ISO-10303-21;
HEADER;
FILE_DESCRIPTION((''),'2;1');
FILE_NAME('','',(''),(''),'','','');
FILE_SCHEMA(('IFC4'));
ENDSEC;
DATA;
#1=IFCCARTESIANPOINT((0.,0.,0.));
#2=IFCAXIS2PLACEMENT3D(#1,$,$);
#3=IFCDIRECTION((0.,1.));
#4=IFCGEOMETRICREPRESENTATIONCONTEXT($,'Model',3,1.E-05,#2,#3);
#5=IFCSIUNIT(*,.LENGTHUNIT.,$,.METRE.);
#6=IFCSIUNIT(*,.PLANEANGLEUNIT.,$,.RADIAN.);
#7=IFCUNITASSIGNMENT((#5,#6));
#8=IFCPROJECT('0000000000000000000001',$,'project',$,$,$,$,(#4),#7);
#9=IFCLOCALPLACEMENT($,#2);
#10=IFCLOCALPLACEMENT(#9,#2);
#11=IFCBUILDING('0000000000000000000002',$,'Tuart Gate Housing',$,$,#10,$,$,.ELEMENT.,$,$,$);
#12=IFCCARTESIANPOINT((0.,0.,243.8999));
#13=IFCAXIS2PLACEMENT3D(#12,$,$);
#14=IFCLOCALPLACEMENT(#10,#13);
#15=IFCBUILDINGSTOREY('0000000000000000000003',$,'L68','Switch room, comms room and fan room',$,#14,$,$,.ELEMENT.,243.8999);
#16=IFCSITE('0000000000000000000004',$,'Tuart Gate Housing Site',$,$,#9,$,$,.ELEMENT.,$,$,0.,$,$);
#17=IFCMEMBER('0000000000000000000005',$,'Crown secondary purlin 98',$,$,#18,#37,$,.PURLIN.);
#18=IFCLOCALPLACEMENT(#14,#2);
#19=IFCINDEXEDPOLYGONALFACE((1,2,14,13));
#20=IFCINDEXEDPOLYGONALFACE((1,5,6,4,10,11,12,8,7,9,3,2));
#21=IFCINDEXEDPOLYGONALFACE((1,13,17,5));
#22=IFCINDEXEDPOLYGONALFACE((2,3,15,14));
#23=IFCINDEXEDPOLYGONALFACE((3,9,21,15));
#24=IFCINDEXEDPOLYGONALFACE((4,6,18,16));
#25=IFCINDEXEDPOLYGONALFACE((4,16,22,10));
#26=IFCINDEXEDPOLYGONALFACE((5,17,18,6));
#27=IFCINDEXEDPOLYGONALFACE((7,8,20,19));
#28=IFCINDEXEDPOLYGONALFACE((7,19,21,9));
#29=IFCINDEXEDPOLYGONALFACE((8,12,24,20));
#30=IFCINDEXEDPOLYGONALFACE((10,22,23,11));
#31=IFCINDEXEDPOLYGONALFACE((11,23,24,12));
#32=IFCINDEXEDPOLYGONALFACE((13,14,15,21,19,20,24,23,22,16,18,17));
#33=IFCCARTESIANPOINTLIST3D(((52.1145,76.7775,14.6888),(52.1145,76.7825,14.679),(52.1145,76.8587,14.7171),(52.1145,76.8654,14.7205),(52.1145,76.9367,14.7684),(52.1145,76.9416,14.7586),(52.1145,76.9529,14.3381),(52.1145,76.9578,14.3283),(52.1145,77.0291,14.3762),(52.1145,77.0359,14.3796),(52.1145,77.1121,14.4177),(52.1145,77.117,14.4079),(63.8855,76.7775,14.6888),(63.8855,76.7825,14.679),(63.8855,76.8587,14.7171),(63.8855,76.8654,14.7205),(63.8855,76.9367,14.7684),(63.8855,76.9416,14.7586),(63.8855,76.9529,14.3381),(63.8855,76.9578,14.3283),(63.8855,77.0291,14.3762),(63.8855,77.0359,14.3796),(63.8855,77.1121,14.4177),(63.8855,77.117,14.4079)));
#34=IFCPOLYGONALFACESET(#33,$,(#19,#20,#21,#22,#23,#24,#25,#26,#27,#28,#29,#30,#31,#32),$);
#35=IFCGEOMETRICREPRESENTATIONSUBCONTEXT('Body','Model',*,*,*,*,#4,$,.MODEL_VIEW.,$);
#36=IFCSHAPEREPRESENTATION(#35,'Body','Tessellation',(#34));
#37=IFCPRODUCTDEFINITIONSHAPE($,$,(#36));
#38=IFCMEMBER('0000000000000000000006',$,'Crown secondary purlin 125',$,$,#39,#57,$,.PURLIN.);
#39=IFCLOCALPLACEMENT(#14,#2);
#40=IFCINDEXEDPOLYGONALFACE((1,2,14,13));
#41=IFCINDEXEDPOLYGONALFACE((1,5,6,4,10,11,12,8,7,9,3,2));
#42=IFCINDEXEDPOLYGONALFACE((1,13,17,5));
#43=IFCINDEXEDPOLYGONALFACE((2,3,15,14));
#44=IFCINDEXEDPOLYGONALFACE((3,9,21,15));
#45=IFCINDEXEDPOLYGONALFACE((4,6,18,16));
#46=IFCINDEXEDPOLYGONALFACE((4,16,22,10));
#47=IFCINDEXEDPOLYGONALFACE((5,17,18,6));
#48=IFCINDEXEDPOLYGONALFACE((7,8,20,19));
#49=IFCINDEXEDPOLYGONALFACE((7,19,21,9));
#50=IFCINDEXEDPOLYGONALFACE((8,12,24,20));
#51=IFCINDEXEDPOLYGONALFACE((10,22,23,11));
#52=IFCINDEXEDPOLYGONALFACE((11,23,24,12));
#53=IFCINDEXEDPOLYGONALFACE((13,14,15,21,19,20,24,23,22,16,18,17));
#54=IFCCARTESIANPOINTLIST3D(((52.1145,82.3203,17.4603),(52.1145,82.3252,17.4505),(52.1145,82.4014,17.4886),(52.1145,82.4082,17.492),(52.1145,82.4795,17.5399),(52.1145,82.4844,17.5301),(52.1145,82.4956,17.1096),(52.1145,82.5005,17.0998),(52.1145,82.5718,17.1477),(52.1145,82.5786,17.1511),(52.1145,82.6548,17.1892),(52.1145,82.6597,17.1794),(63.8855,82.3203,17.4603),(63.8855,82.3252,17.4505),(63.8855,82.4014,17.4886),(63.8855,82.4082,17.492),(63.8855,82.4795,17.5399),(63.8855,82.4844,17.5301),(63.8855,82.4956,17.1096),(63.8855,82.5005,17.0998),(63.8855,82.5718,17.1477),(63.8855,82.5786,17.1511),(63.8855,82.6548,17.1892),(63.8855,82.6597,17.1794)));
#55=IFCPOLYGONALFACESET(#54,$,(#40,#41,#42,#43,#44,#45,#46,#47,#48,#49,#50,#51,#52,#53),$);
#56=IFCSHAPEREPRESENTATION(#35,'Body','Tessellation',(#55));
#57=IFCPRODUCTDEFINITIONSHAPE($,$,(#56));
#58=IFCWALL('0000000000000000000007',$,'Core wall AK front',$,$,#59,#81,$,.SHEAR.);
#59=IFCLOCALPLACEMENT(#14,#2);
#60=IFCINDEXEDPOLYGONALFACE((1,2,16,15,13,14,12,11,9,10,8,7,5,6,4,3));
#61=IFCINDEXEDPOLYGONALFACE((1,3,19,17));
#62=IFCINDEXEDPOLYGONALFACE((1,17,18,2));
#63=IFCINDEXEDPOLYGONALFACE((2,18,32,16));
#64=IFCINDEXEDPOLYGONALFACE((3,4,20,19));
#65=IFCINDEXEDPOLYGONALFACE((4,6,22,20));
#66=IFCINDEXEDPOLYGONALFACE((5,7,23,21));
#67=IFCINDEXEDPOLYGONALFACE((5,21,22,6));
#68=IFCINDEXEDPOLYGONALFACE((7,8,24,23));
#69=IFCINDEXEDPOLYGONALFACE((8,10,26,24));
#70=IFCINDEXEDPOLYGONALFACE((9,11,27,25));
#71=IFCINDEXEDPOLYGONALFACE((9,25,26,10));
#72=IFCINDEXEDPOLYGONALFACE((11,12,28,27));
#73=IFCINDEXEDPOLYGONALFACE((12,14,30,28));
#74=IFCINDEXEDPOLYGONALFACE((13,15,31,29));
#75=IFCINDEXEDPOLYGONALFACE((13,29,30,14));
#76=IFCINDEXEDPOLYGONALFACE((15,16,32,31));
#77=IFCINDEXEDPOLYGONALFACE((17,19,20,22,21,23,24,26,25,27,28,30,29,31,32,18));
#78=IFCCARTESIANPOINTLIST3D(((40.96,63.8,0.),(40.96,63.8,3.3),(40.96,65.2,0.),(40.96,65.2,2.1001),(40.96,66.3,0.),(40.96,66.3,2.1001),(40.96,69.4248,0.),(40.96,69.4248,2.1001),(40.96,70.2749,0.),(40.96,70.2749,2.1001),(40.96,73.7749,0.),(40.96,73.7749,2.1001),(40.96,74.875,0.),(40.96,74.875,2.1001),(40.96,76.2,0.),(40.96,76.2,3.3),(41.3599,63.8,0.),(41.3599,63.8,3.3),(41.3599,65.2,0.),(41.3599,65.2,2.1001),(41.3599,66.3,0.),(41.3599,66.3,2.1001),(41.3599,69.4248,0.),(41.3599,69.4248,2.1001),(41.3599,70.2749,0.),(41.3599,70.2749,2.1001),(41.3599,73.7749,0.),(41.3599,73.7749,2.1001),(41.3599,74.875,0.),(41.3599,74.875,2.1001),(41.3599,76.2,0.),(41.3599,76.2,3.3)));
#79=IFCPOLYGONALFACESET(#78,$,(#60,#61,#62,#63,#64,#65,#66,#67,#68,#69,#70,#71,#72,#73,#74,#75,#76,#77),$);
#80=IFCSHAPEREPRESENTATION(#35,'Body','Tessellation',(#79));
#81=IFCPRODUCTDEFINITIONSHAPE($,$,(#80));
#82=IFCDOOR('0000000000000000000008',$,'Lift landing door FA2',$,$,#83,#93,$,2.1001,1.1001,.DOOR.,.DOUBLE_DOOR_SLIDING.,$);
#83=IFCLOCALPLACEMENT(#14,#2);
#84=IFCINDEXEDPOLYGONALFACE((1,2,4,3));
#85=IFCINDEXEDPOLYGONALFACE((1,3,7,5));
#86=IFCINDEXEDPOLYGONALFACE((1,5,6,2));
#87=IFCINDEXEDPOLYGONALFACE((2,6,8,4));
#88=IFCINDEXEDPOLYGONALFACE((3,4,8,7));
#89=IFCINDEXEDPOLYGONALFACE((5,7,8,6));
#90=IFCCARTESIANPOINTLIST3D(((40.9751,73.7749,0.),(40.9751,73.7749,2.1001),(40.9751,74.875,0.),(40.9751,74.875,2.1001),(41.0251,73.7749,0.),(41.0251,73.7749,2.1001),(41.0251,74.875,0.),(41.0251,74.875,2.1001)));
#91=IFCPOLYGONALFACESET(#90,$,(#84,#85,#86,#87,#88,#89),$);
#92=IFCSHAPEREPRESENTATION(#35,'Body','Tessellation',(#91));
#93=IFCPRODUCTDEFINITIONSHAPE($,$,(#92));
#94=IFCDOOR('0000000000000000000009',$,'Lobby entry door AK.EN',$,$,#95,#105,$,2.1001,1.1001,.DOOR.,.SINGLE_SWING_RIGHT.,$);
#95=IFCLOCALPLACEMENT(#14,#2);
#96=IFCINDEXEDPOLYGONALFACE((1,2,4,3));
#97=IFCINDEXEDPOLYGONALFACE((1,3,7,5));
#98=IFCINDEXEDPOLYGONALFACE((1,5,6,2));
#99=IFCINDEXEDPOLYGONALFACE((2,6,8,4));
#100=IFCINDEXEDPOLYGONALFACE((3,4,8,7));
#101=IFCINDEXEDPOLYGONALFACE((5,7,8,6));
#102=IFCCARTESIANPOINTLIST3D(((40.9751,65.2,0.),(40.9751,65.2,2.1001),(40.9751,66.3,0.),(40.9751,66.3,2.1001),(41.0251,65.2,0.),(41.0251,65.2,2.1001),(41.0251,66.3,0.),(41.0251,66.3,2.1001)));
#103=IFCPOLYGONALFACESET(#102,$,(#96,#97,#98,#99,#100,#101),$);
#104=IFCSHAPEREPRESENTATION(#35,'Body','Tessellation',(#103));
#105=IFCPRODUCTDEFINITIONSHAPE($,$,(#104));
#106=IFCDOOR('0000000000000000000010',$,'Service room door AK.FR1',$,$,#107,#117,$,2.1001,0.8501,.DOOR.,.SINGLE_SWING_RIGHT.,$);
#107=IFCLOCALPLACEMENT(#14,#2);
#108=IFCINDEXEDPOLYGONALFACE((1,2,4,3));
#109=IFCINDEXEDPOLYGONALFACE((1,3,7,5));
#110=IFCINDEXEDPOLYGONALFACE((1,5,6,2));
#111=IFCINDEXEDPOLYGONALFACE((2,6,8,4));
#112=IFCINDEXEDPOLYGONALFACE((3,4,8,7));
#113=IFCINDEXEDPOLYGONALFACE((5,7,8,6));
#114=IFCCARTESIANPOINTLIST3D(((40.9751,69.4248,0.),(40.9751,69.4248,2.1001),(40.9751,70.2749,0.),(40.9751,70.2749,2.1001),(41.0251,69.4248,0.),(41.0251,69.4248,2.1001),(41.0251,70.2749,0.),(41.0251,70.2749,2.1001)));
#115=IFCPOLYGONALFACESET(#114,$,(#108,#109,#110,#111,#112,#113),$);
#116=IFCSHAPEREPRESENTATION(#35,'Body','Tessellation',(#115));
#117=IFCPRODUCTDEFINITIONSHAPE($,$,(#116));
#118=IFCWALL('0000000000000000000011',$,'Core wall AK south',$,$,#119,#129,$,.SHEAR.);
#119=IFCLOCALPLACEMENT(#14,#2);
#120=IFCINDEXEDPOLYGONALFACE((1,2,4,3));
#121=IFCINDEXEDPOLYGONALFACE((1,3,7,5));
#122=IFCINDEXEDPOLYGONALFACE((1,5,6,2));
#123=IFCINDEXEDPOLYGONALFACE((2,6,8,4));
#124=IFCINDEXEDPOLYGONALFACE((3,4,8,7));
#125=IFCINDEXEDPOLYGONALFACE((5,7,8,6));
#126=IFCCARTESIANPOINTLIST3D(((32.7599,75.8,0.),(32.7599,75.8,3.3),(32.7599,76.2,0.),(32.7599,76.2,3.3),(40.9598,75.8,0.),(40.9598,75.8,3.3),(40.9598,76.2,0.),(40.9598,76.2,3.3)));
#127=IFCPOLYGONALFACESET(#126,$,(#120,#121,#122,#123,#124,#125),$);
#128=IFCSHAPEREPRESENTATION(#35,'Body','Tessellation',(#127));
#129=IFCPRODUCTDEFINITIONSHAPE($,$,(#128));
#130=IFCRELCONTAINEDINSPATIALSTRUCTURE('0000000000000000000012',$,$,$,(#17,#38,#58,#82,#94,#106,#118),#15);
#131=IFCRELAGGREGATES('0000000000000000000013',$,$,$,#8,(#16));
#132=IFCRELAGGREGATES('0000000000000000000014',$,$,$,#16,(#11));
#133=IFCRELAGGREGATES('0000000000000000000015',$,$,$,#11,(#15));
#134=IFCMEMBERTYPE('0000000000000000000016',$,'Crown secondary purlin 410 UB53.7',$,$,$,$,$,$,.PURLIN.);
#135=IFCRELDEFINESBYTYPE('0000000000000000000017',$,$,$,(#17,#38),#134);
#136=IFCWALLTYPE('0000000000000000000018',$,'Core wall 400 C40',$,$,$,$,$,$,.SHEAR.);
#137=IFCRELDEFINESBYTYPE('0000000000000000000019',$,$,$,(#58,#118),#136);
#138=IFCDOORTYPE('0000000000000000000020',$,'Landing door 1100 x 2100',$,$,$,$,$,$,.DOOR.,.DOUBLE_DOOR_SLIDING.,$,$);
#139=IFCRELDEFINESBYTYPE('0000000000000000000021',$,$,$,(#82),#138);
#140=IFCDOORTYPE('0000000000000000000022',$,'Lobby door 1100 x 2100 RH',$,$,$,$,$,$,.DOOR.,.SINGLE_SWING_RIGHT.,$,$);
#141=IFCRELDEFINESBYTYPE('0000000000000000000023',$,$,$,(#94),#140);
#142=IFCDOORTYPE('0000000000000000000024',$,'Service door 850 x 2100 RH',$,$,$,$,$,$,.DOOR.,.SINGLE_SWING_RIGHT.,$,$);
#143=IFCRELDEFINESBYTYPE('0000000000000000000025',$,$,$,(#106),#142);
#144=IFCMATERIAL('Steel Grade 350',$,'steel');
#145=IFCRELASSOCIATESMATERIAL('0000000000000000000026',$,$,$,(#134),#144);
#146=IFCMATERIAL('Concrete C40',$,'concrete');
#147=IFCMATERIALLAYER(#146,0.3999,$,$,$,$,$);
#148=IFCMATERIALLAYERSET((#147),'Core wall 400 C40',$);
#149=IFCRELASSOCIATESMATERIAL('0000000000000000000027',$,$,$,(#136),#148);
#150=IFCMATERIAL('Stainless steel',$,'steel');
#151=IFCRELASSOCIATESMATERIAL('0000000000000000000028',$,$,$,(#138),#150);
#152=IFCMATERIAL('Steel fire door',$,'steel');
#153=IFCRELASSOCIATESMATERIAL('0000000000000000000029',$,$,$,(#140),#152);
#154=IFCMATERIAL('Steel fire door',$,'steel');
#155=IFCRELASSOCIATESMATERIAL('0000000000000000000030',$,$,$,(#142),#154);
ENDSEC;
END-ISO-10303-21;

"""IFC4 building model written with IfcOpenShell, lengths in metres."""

from ifc_helpers import new_model, si_unit, direction, frame, frame_2d, origin, origin_2d, place, context, subcontext, project, spatial, rectangle, i_section, extrude, material, layer, layer_set, material_profile, profile_set, type_object, element, fill, save


model = new_model("IFC4")

# Units and contexts
model_context = context("Model", 3, precision=1e-05, world=origin(), true_north=direction((0.0, 1.0)))
body_context = subcontext(model_context, "Body", "Model", "MODEL_VIEW")
ifc_project = project(units=[si_unit("LENGTHUNIT", "METRE"), si_unit("PLANEANGLEUNIT", "RADIAN")], contexts=[model_context])

# Site, building, storey
site_placement = place(None, origin())
site = spatial("IfcSite", under=ifc_project, at=site_placement, Name="Tuart Gate Housing Site", CompositionType="ELEMENT", RefElevation=0.0)
building_placement = place(site_placement, origin())
building = spatial("IfcBuilding", under=site, at=building_placement, Name="Tuart Gate Housing", CompositionType="ELEMENT")
storey_placement = place(building_placement, frame((0.0, 0.0, 243.8999)))
storey = spatial("IfcBuildingStorey", under=building, at=storey_placement, Name="L68", Description="Switch room, comms room and fan room", CompositionType="ELEMENT", Elevation=243.8999)

# Members
ifc_material_1 = material(Name="Steel Grade 350", Category="steel")
ifc_material_profile_1 = material_profile(ifc_material_1, i_section(OverallWidth=0.178, OverallDepth=0.4031, WebThickness=0.0076, FlangeThickness=0.011, at=origin_2d()), Name="410UB53.7")
ifc_profile_set_1 = profile_set([ifc_material_profile_1], Name="Steel Grade 350")
member_type_1 = type_object("IfcMemberType", Name="Crown secondary purlin 410 UB53.7", PredefinedType="PURLIN", material=ifc_profile_set_1)
for number, where, z_axis, x_axis, name in (
    (1, (52.1145, 76.9473, 14.5483), (1.0, 0.0, 0.0), (0.0, 0.894427, 0.447214), "Crown secondary purlin 98"),
    (2, (52.1145, 82.49, 17.3198), (1.0, 0.0, 0.0), (0.0, 0.894427, 0.447214), "Crown secondary purlin 125"),
):
    element("IfcMember", number, at=place(storey_placement, frame(where, z_axis=z_axis, x_axis=x_axis)), inside=storey, type_object=member_type_1, Name=name, PredefinedType="PURLIN", context=body_context, shape_type="SweptSolid", body=[
        extrude(i_section(OverallWidth=0.178, OverallDepth=0.4031, WebThickness=0.0076, FlangeThickness=0.011, at=origin_2d()), origin(), (0.0, 0.0, 1.0), 11.771),
    ])

# Wall, openings, doors
ifc_material_2 = material(Name="Concrete C40", Category="concrete")
ifc_layer_1 = layer(ifc_material_2, 0.3999)
ifc_layer_set_1 = layer_set([ifc_layer_1], Name="Core wall 400 C40")
wall_type_1 = type_object("IfcWallType", Name="Core wall 400 C40", PredefinedType="SHEAR", material=ifc_layer_set_1)
wall_1_placement = place(storey_placement, frame((41.1599, 76.2, 0.0), z_axis=(0.0, 0.0, 1.0), x_axis=(0.0, -1.0, 0.0)))
wall_1 = element("IfcWall", 3, at=wall_1_placement, inside=storey, type_object=wall_type_1, Name="Core wall AK front", PredefinedType="SHEAR", context=body_context, shape_type="SweptSolid", body=[
    extrude(rectangle(XDim=12.3999, YDim=0.3999, at=frame_2d((6.2, 0.0))), origin(), (0.0, 0.0, 1.0), 3.3),
])
opening_1_placement = place(wall_1_placement, frame((1.325, 0.0, 0.0)))
opening_1 = element("IfcOpeningElement", 4, at=opening_1_placement, cuts=wall_1, PredefinedType="OPENING", context=body_context, shape_type="SweptSolid", body=[
    extrude(rectangle(XDim=1.1001, YDim=2.1001, at=frame_2d((0.55, 1.05))), frame((0.0, 0.21, 0.0), z_axis=(0.0, -1.0, 0.0), x_axis=(1.0, 0.0, 0.0)), (0.0, 0.0, 1.0), 0.4199),
])
opening_2_placement = place(wall_1_placement, frame((5.925, 0.0, 0.0)))
opening_2 = element("IfcOpeningElement", 5, at=opening_2_placement, cuts=wall_1, PredefinedType="OPENING", context=body_context, shape_type="SweptSolid", body=[
    extrude(rectangle(XDim=0.8501, YDim=2.1001, at=frame_2d((0.425, 1.05))), frame((0.0, 0.21, 0.0), z_axis=(0.0, -1.0, 0.0), x_axis=(1.0, 0.0, 0.0)), (0.0, 0.0, 1.0), 0.4199),
])
opening_3_placement = place(wall_1_placement, frame((9.8999, 0.0, 0.0)))
opening_3 = element("IfcOpeningElement", 6, at=opening_3_placement, cuts=wall_1, PredefinedType="OPENING", context=body_context, shape_type="SweptSolid", body=[
    extrude(rectangle(XDim=1.1001, YDim=2.1001, at=frame_2d((0.55, 1.05))), frame((0.0, 0.21, 0.0), z_axis=(0.0, -1.0, 0.0), x_axis=(1.0, 0.0, 0.0)), (0.0, 0.0, 1.0), 0.4199),
])
ifc_material_3 = material(Name="Stainless steel", Category="steel")
door_type_1 = type_object("IfcDoorType", Name="Landing door 1100 x 2100", OperationType="DOUBLE_DOOR_SLIDING", PredefinedType="DOOR", material=ifc_material_3)
door_1_placement = place(opening_1_placement, origin())
door_1 = element("IfcDoor", 7, at=door_1_placement, inside=storey, type_object=door_type_1, Name="Lift landing door FA2", OperationType="DOUBLE_DOOR_SLIDING", OverallHeight=2.1001, OverallWidth=1.1001, PredefinedType="DOOR", context=body_context, shape_type="SweptSolid", body=[
    extrude(rectangle(XDim=1.1001, YDim=2.1001, at=frame_2d((0.55, 1.05))), frame((0.0, -0.1348, 0.0), z_axis=(0.0, -1.0, 0.0), x_axis=(1.0, 0.0, 0.0)), (0.0, 0.0, 1.0), 0.05),
])
fill(opening_1, door_1)
ifc_material_4 = material(Name="Steel fire door", Category="steel")
door_type_2 = type_object("IfcDoorType", Name="Lobby door 1100 x 2100 RH", OperationType="SINGLE_SWING_RIGHT", PredefinedType="DOOR", material=ifc_material_4)
door_2_placement = place(opening_3_placement, frame((1.1001, 0.0, 0.0), z_axis=(0.0, 0.0, 1.0), x_axis=(-1.0, 0.0, 0.0)))
door_2 = element("IfcDoor", 8, at=door_2_placement, inside=storey, type_object=door_type_2, Name="Lobby entry door AK.EN", OperationType="SINGLE_SWING_RIGHT", OverallHeight=2.1001, OverallWidth=1.1001, PredefinedType="DOOR", context=body_context, shape_type="SweptSolid", body=[
    extrude(rectangle(XDim=1.1001, YDim=2.1001, at=frame_2d((0.55, 1.05))), frame((0.0, 0.1848, 0.0), z_axis=(0.0, -1.0, 0.0), x_axis=(1.0, 0.0, 0.0)), (0.0, 0.0, 1.0), 0.05),
])
fill(opening_3, door_2)
ifc_material_5 = material(Name="Steel fire door", Category="steel")
door_type_3 = type_object("IfcDoorType", Name="Service door 850 x 2100 RH", OperationType="SINGLE_SWING_RIGHT", PredefinedType="DOOR", material=ifc_material_5)
door_3_placement = place(opening_2_placement, frame((0.8501, 0.0, 0.0), z_axis=(0.0, 0.0, 1.0), x_axis=(-1.0, 0.0, 0.0)))
door_3 = element("IfcDoor", 9, at=door_3_placement, inside=storey, type_object=door_type_3, Name="Service room door AK.FR1", OperationType="SINGLE_SWING_RIGHT", OverallHeight=2.1001, OverallWidth=0.8501, PredefinedType="DOOR", context=body_context, shape_type="SweptSolid", body=[
    extrude(rectangle(XDim=0.8501, YDim=2.1001, at=frame_2d((0.425, 1.05))), frame((0.0, 0.1848, 0.0), z_axis=(0.0, -1.0, 0.0), x_axis=(1.0, 0.0, 0.0)), (0.0, 0.0, 1.0), 0.05),
])
fill(opening_2, door_3)

# Wall
wall_2_placement = place(storey_placement, frame((40.96, 76.0, 0.0), z_axis=(0.0, 0.0, 1.0), x_axis=(-1.0, 0.0, 0.0)))
element("IfcWall", 10, at=wall_2_placement, inside=storey, type_object=wall_type_1, Name="Core wall AK south", PredefinedType="SHEAR", context=body_context, shape_type="SweptSolid", body=[
    extrude(rectangle(XDim=8.2, YDim=0.3999, at=frame_2d((4.1001, 0.0))), origin(), (0.0, 0.0, 1.0), 3.3),
])

save(model, "model.ifc")
